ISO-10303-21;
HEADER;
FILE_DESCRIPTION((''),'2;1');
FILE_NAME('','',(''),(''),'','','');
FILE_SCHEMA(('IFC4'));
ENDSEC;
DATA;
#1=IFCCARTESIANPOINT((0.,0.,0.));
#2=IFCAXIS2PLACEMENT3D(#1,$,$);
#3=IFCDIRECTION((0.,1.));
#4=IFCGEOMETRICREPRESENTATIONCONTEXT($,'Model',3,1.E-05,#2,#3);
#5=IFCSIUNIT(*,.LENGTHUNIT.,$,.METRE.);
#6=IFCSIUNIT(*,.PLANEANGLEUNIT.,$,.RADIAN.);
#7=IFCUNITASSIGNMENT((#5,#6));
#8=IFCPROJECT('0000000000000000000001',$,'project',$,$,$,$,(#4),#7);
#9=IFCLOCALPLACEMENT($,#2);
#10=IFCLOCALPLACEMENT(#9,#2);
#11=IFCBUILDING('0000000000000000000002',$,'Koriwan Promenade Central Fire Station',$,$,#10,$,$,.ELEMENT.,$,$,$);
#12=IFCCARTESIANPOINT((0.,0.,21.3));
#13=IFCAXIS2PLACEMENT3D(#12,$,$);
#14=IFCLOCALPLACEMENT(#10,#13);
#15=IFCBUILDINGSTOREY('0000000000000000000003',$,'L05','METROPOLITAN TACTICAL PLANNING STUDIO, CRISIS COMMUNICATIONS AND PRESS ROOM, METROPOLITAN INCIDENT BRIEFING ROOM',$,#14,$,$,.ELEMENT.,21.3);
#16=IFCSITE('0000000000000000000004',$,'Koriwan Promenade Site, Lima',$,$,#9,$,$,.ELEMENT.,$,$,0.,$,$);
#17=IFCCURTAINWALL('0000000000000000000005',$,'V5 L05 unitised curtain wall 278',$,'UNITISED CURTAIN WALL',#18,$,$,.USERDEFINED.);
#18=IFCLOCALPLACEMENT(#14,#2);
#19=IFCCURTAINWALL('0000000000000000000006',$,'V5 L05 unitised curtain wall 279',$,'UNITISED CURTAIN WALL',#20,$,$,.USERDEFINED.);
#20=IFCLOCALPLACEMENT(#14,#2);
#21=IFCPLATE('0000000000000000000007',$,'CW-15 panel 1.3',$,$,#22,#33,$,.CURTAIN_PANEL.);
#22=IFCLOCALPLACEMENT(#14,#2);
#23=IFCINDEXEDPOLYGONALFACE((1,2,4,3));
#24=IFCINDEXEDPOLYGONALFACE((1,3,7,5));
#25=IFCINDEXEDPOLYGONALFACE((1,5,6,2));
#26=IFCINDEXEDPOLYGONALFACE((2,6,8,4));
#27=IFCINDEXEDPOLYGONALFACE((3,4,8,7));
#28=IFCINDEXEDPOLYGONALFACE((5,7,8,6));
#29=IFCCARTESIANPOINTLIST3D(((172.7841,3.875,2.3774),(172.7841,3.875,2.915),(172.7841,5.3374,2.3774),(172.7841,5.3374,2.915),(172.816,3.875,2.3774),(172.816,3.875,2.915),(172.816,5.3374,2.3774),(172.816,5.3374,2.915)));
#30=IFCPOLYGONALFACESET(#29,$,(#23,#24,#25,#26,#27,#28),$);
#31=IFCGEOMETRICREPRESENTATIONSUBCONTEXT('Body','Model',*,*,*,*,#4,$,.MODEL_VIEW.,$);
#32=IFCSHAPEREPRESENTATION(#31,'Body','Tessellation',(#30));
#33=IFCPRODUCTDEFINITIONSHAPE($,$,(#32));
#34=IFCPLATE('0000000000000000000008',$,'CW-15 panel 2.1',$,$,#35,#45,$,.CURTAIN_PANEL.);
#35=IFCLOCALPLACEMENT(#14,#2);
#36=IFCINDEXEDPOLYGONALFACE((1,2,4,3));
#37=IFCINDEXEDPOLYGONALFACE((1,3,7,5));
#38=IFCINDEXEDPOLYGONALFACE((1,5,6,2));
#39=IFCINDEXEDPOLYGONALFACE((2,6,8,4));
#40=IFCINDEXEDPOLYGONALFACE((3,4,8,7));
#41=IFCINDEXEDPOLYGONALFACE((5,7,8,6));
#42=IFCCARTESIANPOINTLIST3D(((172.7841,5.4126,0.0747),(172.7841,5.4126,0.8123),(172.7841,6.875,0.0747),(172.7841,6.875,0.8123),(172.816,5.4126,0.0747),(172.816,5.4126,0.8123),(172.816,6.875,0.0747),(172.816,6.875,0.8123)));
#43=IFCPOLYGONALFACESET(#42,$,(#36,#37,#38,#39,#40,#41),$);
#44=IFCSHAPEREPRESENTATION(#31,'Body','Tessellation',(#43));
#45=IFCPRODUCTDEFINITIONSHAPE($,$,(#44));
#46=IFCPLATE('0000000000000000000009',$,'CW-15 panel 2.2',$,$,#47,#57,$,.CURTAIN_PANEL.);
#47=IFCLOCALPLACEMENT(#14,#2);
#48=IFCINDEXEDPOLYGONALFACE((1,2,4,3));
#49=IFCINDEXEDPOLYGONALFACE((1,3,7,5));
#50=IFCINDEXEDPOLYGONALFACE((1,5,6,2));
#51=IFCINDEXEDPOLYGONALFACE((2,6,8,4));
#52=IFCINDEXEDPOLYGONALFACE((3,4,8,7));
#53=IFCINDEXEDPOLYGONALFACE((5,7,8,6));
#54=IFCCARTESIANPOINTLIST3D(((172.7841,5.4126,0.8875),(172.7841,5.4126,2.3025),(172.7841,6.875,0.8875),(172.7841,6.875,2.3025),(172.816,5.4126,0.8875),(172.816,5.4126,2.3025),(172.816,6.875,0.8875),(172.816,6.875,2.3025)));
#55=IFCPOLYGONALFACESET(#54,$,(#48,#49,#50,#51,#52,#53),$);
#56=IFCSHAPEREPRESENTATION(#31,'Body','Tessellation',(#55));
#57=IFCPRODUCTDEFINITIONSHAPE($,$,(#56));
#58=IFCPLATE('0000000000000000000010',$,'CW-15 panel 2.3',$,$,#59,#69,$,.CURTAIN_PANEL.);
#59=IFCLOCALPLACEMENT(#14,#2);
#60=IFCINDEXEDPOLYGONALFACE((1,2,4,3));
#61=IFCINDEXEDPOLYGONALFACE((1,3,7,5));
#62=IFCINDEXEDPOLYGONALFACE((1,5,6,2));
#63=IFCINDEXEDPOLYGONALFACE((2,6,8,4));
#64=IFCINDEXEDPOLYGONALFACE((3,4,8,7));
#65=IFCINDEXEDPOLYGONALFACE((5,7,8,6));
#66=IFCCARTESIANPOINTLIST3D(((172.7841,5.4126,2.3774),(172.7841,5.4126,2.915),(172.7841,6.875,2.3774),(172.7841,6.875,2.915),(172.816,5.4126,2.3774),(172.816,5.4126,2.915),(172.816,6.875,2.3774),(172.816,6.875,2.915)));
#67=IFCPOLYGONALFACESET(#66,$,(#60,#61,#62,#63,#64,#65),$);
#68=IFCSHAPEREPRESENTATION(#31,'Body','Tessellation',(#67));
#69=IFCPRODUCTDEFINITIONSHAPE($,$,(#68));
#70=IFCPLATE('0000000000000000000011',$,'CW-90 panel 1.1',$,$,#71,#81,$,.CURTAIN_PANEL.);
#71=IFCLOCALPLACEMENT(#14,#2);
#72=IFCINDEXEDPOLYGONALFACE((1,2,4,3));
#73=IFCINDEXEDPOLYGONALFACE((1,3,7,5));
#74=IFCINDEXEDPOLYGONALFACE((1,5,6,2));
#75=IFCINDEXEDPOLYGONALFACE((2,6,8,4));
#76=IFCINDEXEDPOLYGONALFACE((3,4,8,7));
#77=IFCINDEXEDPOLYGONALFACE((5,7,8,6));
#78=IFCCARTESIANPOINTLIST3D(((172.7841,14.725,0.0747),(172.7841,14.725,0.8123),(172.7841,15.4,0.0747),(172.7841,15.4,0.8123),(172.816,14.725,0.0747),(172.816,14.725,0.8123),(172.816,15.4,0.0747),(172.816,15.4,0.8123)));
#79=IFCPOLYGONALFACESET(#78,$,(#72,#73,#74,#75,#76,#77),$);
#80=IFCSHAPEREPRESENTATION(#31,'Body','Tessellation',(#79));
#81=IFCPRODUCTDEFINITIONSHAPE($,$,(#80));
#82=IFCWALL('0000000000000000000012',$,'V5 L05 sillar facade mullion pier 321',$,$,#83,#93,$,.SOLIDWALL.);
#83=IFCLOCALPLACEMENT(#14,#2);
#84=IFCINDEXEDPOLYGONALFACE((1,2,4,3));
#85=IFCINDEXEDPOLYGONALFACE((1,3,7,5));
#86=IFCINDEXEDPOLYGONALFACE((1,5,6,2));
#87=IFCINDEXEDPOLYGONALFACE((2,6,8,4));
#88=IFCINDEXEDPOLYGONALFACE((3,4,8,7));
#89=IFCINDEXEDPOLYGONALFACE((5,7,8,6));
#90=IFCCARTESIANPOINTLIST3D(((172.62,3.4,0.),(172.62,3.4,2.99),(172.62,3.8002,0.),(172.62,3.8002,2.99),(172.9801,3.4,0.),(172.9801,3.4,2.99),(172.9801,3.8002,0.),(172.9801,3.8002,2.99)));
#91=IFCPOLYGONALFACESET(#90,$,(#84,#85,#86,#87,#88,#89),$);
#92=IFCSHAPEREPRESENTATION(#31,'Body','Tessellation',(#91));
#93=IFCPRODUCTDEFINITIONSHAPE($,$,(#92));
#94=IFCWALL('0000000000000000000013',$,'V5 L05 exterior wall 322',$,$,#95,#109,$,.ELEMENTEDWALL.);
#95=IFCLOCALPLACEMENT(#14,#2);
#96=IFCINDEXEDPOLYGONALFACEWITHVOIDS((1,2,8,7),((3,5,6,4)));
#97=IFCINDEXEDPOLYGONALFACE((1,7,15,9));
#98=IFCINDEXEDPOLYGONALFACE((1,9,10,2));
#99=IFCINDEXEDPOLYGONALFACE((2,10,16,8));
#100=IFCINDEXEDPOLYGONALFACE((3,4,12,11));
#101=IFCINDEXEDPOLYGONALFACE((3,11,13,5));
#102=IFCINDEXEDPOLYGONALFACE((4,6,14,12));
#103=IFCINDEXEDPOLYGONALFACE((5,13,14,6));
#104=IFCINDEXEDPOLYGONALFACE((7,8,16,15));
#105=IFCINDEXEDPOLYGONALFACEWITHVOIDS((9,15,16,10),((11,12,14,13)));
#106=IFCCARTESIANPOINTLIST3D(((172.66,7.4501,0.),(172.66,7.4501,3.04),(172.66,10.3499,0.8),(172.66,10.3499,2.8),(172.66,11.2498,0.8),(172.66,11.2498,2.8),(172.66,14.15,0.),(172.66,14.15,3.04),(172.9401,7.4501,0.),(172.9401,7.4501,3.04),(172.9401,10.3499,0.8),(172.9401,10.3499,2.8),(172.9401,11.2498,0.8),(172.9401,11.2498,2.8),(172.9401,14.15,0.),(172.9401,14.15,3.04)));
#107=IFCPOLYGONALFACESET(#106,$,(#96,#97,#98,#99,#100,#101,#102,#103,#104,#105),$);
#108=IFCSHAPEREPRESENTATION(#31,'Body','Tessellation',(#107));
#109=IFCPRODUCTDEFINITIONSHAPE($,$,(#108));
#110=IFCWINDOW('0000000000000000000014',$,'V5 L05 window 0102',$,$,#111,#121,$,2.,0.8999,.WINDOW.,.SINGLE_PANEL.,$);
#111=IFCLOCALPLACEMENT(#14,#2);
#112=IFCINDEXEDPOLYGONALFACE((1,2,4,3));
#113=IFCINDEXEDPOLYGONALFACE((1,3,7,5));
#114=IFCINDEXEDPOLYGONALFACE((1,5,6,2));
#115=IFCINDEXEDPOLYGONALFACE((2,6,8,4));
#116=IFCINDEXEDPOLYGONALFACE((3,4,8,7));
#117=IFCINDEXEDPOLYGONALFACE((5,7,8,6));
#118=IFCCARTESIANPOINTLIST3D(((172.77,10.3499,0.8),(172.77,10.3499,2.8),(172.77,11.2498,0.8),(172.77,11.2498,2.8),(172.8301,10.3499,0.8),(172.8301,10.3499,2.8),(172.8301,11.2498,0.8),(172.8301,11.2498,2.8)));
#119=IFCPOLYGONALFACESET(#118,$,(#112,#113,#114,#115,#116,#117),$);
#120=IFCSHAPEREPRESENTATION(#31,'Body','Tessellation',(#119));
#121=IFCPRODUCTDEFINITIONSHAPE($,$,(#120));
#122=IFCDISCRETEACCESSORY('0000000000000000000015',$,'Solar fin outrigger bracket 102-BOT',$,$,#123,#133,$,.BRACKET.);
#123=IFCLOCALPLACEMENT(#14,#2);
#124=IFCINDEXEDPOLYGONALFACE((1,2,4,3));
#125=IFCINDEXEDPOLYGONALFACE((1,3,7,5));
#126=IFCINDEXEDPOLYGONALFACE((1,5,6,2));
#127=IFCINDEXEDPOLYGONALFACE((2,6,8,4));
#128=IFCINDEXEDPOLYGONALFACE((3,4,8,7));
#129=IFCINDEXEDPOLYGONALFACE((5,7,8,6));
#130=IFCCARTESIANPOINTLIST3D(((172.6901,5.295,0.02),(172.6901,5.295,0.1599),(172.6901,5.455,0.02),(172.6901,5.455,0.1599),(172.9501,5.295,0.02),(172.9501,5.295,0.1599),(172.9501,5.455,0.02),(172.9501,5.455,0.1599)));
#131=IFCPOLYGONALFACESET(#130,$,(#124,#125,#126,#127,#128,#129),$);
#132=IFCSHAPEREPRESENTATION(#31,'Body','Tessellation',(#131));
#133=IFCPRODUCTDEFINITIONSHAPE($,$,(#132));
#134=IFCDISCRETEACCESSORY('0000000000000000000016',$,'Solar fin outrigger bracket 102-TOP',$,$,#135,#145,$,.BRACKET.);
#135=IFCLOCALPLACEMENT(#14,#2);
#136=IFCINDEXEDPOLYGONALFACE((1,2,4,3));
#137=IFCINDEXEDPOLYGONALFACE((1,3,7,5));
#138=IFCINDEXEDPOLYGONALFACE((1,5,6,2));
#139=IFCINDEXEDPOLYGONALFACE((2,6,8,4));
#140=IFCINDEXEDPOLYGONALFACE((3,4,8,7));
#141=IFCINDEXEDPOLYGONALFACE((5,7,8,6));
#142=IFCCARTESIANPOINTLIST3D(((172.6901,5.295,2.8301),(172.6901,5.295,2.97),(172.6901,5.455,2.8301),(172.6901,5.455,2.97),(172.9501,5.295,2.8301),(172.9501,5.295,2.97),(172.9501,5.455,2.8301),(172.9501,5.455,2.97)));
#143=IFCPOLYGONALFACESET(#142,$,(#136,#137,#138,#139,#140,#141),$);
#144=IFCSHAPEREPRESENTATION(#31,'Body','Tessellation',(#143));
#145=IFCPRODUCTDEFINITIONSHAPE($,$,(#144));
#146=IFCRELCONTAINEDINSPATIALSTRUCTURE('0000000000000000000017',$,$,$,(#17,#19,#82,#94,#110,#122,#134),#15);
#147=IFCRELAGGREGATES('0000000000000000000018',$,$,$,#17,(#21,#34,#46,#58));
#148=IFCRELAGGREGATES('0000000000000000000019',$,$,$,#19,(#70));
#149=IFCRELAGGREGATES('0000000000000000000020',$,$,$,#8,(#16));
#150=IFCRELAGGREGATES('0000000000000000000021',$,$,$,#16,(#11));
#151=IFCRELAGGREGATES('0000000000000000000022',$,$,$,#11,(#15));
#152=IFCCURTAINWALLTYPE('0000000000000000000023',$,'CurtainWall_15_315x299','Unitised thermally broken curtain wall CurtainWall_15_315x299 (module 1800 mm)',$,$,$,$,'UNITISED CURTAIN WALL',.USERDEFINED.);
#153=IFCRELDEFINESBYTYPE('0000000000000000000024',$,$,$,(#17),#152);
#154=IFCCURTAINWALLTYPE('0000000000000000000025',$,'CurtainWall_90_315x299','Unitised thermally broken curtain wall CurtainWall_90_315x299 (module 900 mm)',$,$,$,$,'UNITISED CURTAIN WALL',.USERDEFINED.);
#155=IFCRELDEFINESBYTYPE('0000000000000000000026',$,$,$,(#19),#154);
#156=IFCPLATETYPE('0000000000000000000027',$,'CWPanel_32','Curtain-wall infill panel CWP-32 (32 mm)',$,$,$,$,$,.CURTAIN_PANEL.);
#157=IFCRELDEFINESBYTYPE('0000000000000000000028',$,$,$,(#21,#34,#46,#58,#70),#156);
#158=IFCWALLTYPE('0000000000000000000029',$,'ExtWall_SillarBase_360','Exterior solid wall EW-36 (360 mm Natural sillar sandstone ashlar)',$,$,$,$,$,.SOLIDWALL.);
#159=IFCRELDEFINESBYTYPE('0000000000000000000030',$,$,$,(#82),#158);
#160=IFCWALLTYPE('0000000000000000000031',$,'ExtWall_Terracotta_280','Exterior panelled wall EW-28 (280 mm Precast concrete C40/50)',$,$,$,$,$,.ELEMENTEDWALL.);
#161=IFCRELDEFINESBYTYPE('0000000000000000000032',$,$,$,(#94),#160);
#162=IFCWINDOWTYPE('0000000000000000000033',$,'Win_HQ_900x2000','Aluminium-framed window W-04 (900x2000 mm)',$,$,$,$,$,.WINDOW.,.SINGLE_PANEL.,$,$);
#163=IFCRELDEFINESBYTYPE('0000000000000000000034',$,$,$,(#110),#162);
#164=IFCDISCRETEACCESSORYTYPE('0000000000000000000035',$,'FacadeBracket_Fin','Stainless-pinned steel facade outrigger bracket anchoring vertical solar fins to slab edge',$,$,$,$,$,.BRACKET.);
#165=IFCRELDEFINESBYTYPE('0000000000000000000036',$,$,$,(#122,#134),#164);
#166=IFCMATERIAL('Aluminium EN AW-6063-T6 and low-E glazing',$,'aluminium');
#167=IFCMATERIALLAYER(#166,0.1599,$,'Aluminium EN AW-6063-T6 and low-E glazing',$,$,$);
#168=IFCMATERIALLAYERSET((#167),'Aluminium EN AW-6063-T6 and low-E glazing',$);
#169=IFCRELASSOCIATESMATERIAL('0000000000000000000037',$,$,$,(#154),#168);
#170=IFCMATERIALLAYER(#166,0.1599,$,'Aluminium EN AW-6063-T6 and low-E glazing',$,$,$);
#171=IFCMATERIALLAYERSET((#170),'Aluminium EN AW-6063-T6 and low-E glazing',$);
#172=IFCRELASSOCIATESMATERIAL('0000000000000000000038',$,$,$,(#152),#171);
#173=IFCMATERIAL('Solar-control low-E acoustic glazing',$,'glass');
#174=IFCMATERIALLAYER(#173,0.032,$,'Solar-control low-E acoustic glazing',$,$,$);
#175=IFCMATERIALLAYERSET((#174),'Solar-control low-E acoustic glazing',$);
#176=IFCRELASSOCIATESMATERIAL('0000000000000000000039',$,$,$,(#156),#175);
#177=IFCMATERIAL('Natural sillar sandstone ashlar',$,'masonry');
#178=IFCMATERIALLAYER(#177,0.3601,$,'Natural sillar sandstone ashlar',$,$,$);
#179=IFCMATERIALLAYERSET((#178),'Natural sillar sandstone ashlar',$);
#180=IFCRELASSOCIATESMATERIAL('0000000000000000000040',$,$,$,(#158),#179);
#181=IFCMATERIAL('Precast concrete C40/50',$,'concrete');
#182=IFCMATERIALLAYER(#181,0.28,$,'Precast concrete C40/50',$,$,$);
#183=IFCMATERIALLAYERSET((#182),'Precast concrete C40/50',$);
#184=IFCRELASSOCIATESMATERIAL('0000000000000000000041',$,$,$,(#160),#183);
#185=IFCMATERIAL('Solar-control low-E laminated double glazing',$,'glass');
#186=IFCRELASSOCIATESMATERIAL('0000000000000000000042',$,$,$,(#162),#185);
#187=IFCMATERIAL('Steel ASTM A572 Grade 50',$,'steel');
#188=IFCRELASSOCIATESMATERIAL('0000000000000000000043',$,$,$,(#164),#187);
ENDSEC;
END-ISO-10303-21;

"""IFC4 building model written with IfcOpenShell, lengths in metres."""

from ifc_helpers import new_model, si_unit, direction, frame, frame_2d, origin, origin_2d, place, context, subcontext, project, spatial, rectangle, extrude, material, layer, layer_set, type_object, element, fill, aggregate, save


model = new_model("IFC4")

# Units and contexts
model_context = context("Model", 3, precision=1e-05, world=origin(), true_north=direction((0.0, 1.0)))
body_context = subcontext(model_context, "Body", "Model", "MODEL_VIEW")
ifc_project = project(units=[si_unit("LENGTHUNIT", "METRE"), si_unit("PLANEANGLEUNIT", "RADIAN")], contexts=[model_context])

# Site, building, storey
site_placement = place(None, origin())
site = spatial("IfcSite", under=ifc_project, at=site_placement, Name="Koriwan Promenade Site, Lima", CompositionType="ELEMENT", RefElevation=0.0)
building_placement = place(site_placement, origin())
building = spatial("IfcBuilding", under=site, at=building_placement, Name="Koriwan Promenade Central Fire Station", CompositionType="ELEMENT")
storey_placement = place(building_placement, frame((0.0, 0.0, 21.3)))
storey = spatial("IfcBuildingStorey", under=building, at=storey_placement, Name="L05", Description="METROPOLITAN TACTICAL PLANNING STUDIO, CRISIS COMMUNICATIONS AND PRESS ROOM, METROPOLITAN INCIDENT BRIEFING ROOM", CompositionType="ELEMENT", Elevation=21.3)

# Shared definitions
ifc_material_1 = material(Name="Aluminium EN AW-6063-T6 and low-E glazing", Category="aluminium")
ifc_layer_1 = layer(ifc_material_1, 0.1599, Name="Aluminium EN AW-6063-T6 and low-E glazing")
ifc_layer_set_1 = layer_set([ifc_layer_1], Name="Aluminium EN AW-6063-T6 and low-E glazing")
curtain_wall_type_1 = type_object("IfcCurtainWallType", Name="CurtainWall_90_315x299", Description="Unitised thermally broken curtain wall CurtainWall_90_315x299 (module 900 mm)", ElementType="UNITISED CURTAIN WALL", PredefinedType="USERDEFINED", material=ifc_layer_set_1)

# Curtain wall
ifc_layer_2 = layer(ifc_material_1, 0.1599, Name="Aluminium EN AW-6063-T6 and low-E glazing")
ifc_layer_set_2 = layer_set([ifc_layer_2], Name="Aluminium EN AW-6063-T6 and low-E glazing")
curtain_wall_type_2 = type_object("IfcCurtainWallType", Name="CurtainWall_15_315x299", Description="Unitised thermally broken curtain wall CurtainWall_15_315x299 (module 1800 mm)", ElementType="UNITISED CURTAIN WALL", PredefinedType="USERDEFINED", material=ifc_layer_set_2)
curtain_wall_1_placement = place(storey_placement, origin())
curtain_wall_1 = element("IfcCurtainWall", 1, at=curtain_wall_1_placement, inside=storey, type_object=curtain_wall_type_2, Name="V5 L05 unitised curtain wall 278", ObjectType="UNITISED CURTAIN WALL", PredefinedType="USERDEFINED")

# Curtain wall
curtain_wall_2_placement = place(storey_placement, origin())
curtain_wall_2 = element("IfcCurtainWall", 2, at=curtain_wall_2_placement, inside=storey, type_object=curtain_wall_type_1, Name="V5 L05 unitised curtain wall 279", ObjectType="UNITISED CURTAIN WALL", PredefinedType="USERDEFINED")

# Plates
ifc_material_2 = material(Name="Solar-control low-E acoustic glazing", Category="glass")
ifc_layer_3 = layer(ifc_material_2, 0.032, Name="Solar-control low-E acoustic glazing")
ifc_layer_set_3 = layer_set([ifc_layer_3], Name="Solar-control low-E acoustic glazing")
plate_type = type_object("IfcPlateType", Name="CWPanel_32", Description="Curtain-wall infill panel CWP-32 (32 mm)", PredefinedType="CURTAIN_PANEL", material=ifc_layer_set_3)
plate_1_placement = place(storey_placement, frame((172.8, 4.6062, 2.3774), z_axis=(0.0, 0.0, 1.0), x_axis=(0.0, 1.0, 0.0)))
plate_1 = element("IfcPlate", 3, at=plate_1_placement, type_object=plate_type, Name="CW-15 panel 1.3", PredefinedType="CURTAIN_PANEL", context=body_context, shape_type="SweptSolid", body=[
    extrude(rectangle(XDim=1.4624, YDim=0.032, at=origin_2d()), origin(), (0.0, 0.0, 1.0), 0.5376),
])
plate_2_placement = place(storey_placement, frame((172.8, 6.1438, 0.0747), z_axis=(0.0, 0.0, 1.0), x_axis=(0.0, 1.0, 0.0)))
plate_2 = element("IfcPlate", 4, at=plate_2_placement, type_object=plate_type, Name="CW-15 panel 2.1", PredefinedType="CURTAIN_PANEL", context=body_context, shape_type="SweptSolid", body=[
    extrude(rectangle(XDim=1.4624, YDim=0.032, at=origin_2d()), origin(), (0.0, 0.0, 1.0), 0.7375),
])
plate_3_placement = place(storey_placement, frame((172.8, 6.1438, 0.8875), z_axis=(0.0, 0.0, 1.0), x_axis=(0.0, 1.0, 0.0)))
plate_3 = element("IfcPlate", 5, at=plate_3_placement, type_object=plate_type, Name="CW-15 panel 2.2", PredefinedType="CURTAIN_PANEL", context=body_context, shape_type="SweptSolid", body=[
    extrude(rectangle(XDim=1.4624, YDim=0.032, at=origin_2d()), origin(), (0.0, 0.0, 1.0), 1.415),
])
plate_4_placement = place(storey_placement, frame((172.8, 6.1438, 2.3774), z_axis=(0.0, 0.0, 1.0), x_axis=(0.0, 1.0, 0.0)))
plate_4 = element("IfcPlate", 6, at=plate_4_placement, type_object=plate_type, Name="CW-15 panel 2.3", PredefinedType="CURTAIN_PANEL", context=body_context, shape_type="SweptSolid", body=[
    extrude(rectangle(XDim=1.4624, YDim=0.032, at=origin_2d()), origin(), (0.0, 0.0, 1.0), 0.5376),
])
aggregate(curtain_wall_1, [plate_1, plate_2, plate_3, plate_4])
plate_5_placement = place(storey_placement, frame((172.8, 15.0625, 0.0747), z_axis=(0.0, 0.0, 1.0), x_axis=(0.0, 1.0, 0.0)))
plate_5 = element("IfcPlate", 7, at=plate_5_placement, type_object=plate_type, Name="CW-90 panel 1.1", PredefinedType="CURTAIN_PANEL", context=body_context, shape_type="SweptSolid", body=[
    extrude(rectangle(XDim=0.675, YDim=0.032, at=origin_2d()), origin(), (0.0, 0.0, 1.0), 0.7375),
])
aggregate(curtain_wall_2, [plate_5])

# Wall
ifc_material_3 = material(Name="Natural sillar sandstone ashlar", Category="masonry")
ifc_layer_4 = layer(ifc_material_3, 0.3601, Name="Natural sillar sandstone ashlar")
ifc_layer_set_4 = layer_set([ifc_layer_4], Name="Natural sillar sandstone ashlar")
wall_type_1 = type_object("IfcWallType", Name="ExtWall_SillarBase_360", Description="Exterior solid wall EW-36 (360 mm Natural sillar sandstone ashlar)", PredefinedType="SOLIDWALL", material=ifc_layer_set_4)
wall_1_placement = place(storey_placement, frame((172.8, 3.3999, 0.0), z_axis=(0.0, 0.0, 1.0), x_axis=(0.0, 1.0, 0.0)))
element("IfcWall", 8, at=wall_1_placement, inside=storey, type_object=wall_type_1, Name="V5 L05 sillar facade mullion pier 321", PredefinedType="SOLIDWALL", context=body_context, shape_type="SweptSolid", body=[
    extrude(rectangle(XDim=0.4001, YDim=0.3601, at=frame_2d((0.2002, 0.0))), origin(), (0.0, 0.0, 1.0), 2.99),
])

# Wall, opening, window
ifc_material_4 = material(Name="Precast concrete C40/50", Category="concrete")
ifc_layer_5 = layer(ifc_material_4, 0.28, Name="Precast concrete C40/50")
ifc_layer_set_5 = layer_set([ifc_layer_5], Name="Precast concrete C40/50")
wall_type_2 = type_object("IfcWallType", Name="ExtWall_Terracotta_280", Description="Exterior panelled wall EW-28 (280 mm Precast concrete C40/50)", PredefinedType="ELEMENTEDWALL", material=ifc_layer_set_5)
wall_2_placement = place(storey_placement, frame((172.8, 7.45, 0.0), z_axis=(0.0, 0.0, 1.0), x_axis=(0.0, 1.0, 0.0)))
wall_2 = element("IfcWall", 9, at=wall_2_placement, inside=storey, type_object=wall_type_2, Name="V5 L05 exterior wall 322", PredefinedType="ELEMENTEDWALL", context=body_context, shape_type="SweptSolid", body=[
    extrude(rectangle(XDim=6.7, YDim=0.28, at=frame_2d((3.3501, 0.0))), origin(), (0.0, 0.0, 1.0), 3.04),
])
opening_placement = place(wall_2_placement, frame((2.8999, 0.0, 0.8)))
opening = element("IfcOpeningElement", 10, at=opening_placement, cuts=wall_2, PredefinedType="OPENING", context=body_context, shape_type="SweptSolid", body=[
    extrude(rectangle(XDim=0.8999, YDim=2.0, at=frame_2d((0.45, 1.0))), frame((0.0, 0.1519, 0.0), z_axis=(0.0, -1.0, 0.0), x_axis=(1.0, 0.0, 0.0)), (0.0, 0.0, 1.0), 0.304),
])
ifc_material_5 = material(Name="Solar-control low-E laminated double glazing", Category="glass")
window_type = type_object("IfcWindowType", Name="Win_HQ_900x2000", Description="Aluminium-framed window W-04 (900x2000 mm)", PartitioningType="SINGLE_PANEL", PredefinedType="WINDOW", material=ifc_material_5)
window_placement = place(opening_placement, origin())
window = element("IfcWindow", 11, at=window_placement, inside=storey, type_object=window_type, Name="V5 L05 window 0102", OverallHeight=2.0, OverallWidth=0.8999, PartitioningType="SINGLE_PANEL", PredefinedType="WINDOW", context=body_context, shape_type="SweptSolid", body=[
    extrude(rectangle(XDim=0.8999, YDim=2.0, at=frame_2d((0.45, 1.0))), frame((0.0, 0.03, 0.0), z_axis=(0.0, -1.0, 0.0), x_axis=(1.0, 0.0, 0.0)), (0.0, 0.0, 1.0), 0.0601),
])
fill(opening, window)

# Discrete accessories
ifc_material_6 = material(Name="Steel ASTM A572 Grade 50", Category="steel")
discrete_accessory_type = type_object("IfcDiscreteAccessoryType", Name="FacadeBracket_Fin", Description="Stainless-pinned steel facade outrigger bracket anchoring vertical solar fins to slab edge", PredefinedType="BRACKET", material=ifc_material_6)
for number, where, z_axis, x_axis, name in (
    (12, (172.8201, 5.375, 0.02), (0.0, 0.0, 1.0), (1.0, 0.0, 0.0), "Solar fin outrigger bracket 102-BOT"),
    (13, (172.8201, 5.375, 2.8301), (0.0, 0.0, 1.0), (1.0, 0.0, 0.0), "Solar fin outrigger bracket 102-TOP"),
):
    element("IfcDiscreteAccessory", number, at=place(storey_placement, frame(where, z_axis=z_axis, x_axis=x_axis)), inside=storey, type_object=discrete_accessory_type, Name=name, PredefinedType="BRACKET", context=body_context, shape_type="SweptSolid", body=[
        extrude(rectangle(XDim=0.26, YDim=0.1599, at=origin_2d()), origin(), (0.0, 0.0, 1.0), 0.1399),
    ])

save(model, "model.ifc")
